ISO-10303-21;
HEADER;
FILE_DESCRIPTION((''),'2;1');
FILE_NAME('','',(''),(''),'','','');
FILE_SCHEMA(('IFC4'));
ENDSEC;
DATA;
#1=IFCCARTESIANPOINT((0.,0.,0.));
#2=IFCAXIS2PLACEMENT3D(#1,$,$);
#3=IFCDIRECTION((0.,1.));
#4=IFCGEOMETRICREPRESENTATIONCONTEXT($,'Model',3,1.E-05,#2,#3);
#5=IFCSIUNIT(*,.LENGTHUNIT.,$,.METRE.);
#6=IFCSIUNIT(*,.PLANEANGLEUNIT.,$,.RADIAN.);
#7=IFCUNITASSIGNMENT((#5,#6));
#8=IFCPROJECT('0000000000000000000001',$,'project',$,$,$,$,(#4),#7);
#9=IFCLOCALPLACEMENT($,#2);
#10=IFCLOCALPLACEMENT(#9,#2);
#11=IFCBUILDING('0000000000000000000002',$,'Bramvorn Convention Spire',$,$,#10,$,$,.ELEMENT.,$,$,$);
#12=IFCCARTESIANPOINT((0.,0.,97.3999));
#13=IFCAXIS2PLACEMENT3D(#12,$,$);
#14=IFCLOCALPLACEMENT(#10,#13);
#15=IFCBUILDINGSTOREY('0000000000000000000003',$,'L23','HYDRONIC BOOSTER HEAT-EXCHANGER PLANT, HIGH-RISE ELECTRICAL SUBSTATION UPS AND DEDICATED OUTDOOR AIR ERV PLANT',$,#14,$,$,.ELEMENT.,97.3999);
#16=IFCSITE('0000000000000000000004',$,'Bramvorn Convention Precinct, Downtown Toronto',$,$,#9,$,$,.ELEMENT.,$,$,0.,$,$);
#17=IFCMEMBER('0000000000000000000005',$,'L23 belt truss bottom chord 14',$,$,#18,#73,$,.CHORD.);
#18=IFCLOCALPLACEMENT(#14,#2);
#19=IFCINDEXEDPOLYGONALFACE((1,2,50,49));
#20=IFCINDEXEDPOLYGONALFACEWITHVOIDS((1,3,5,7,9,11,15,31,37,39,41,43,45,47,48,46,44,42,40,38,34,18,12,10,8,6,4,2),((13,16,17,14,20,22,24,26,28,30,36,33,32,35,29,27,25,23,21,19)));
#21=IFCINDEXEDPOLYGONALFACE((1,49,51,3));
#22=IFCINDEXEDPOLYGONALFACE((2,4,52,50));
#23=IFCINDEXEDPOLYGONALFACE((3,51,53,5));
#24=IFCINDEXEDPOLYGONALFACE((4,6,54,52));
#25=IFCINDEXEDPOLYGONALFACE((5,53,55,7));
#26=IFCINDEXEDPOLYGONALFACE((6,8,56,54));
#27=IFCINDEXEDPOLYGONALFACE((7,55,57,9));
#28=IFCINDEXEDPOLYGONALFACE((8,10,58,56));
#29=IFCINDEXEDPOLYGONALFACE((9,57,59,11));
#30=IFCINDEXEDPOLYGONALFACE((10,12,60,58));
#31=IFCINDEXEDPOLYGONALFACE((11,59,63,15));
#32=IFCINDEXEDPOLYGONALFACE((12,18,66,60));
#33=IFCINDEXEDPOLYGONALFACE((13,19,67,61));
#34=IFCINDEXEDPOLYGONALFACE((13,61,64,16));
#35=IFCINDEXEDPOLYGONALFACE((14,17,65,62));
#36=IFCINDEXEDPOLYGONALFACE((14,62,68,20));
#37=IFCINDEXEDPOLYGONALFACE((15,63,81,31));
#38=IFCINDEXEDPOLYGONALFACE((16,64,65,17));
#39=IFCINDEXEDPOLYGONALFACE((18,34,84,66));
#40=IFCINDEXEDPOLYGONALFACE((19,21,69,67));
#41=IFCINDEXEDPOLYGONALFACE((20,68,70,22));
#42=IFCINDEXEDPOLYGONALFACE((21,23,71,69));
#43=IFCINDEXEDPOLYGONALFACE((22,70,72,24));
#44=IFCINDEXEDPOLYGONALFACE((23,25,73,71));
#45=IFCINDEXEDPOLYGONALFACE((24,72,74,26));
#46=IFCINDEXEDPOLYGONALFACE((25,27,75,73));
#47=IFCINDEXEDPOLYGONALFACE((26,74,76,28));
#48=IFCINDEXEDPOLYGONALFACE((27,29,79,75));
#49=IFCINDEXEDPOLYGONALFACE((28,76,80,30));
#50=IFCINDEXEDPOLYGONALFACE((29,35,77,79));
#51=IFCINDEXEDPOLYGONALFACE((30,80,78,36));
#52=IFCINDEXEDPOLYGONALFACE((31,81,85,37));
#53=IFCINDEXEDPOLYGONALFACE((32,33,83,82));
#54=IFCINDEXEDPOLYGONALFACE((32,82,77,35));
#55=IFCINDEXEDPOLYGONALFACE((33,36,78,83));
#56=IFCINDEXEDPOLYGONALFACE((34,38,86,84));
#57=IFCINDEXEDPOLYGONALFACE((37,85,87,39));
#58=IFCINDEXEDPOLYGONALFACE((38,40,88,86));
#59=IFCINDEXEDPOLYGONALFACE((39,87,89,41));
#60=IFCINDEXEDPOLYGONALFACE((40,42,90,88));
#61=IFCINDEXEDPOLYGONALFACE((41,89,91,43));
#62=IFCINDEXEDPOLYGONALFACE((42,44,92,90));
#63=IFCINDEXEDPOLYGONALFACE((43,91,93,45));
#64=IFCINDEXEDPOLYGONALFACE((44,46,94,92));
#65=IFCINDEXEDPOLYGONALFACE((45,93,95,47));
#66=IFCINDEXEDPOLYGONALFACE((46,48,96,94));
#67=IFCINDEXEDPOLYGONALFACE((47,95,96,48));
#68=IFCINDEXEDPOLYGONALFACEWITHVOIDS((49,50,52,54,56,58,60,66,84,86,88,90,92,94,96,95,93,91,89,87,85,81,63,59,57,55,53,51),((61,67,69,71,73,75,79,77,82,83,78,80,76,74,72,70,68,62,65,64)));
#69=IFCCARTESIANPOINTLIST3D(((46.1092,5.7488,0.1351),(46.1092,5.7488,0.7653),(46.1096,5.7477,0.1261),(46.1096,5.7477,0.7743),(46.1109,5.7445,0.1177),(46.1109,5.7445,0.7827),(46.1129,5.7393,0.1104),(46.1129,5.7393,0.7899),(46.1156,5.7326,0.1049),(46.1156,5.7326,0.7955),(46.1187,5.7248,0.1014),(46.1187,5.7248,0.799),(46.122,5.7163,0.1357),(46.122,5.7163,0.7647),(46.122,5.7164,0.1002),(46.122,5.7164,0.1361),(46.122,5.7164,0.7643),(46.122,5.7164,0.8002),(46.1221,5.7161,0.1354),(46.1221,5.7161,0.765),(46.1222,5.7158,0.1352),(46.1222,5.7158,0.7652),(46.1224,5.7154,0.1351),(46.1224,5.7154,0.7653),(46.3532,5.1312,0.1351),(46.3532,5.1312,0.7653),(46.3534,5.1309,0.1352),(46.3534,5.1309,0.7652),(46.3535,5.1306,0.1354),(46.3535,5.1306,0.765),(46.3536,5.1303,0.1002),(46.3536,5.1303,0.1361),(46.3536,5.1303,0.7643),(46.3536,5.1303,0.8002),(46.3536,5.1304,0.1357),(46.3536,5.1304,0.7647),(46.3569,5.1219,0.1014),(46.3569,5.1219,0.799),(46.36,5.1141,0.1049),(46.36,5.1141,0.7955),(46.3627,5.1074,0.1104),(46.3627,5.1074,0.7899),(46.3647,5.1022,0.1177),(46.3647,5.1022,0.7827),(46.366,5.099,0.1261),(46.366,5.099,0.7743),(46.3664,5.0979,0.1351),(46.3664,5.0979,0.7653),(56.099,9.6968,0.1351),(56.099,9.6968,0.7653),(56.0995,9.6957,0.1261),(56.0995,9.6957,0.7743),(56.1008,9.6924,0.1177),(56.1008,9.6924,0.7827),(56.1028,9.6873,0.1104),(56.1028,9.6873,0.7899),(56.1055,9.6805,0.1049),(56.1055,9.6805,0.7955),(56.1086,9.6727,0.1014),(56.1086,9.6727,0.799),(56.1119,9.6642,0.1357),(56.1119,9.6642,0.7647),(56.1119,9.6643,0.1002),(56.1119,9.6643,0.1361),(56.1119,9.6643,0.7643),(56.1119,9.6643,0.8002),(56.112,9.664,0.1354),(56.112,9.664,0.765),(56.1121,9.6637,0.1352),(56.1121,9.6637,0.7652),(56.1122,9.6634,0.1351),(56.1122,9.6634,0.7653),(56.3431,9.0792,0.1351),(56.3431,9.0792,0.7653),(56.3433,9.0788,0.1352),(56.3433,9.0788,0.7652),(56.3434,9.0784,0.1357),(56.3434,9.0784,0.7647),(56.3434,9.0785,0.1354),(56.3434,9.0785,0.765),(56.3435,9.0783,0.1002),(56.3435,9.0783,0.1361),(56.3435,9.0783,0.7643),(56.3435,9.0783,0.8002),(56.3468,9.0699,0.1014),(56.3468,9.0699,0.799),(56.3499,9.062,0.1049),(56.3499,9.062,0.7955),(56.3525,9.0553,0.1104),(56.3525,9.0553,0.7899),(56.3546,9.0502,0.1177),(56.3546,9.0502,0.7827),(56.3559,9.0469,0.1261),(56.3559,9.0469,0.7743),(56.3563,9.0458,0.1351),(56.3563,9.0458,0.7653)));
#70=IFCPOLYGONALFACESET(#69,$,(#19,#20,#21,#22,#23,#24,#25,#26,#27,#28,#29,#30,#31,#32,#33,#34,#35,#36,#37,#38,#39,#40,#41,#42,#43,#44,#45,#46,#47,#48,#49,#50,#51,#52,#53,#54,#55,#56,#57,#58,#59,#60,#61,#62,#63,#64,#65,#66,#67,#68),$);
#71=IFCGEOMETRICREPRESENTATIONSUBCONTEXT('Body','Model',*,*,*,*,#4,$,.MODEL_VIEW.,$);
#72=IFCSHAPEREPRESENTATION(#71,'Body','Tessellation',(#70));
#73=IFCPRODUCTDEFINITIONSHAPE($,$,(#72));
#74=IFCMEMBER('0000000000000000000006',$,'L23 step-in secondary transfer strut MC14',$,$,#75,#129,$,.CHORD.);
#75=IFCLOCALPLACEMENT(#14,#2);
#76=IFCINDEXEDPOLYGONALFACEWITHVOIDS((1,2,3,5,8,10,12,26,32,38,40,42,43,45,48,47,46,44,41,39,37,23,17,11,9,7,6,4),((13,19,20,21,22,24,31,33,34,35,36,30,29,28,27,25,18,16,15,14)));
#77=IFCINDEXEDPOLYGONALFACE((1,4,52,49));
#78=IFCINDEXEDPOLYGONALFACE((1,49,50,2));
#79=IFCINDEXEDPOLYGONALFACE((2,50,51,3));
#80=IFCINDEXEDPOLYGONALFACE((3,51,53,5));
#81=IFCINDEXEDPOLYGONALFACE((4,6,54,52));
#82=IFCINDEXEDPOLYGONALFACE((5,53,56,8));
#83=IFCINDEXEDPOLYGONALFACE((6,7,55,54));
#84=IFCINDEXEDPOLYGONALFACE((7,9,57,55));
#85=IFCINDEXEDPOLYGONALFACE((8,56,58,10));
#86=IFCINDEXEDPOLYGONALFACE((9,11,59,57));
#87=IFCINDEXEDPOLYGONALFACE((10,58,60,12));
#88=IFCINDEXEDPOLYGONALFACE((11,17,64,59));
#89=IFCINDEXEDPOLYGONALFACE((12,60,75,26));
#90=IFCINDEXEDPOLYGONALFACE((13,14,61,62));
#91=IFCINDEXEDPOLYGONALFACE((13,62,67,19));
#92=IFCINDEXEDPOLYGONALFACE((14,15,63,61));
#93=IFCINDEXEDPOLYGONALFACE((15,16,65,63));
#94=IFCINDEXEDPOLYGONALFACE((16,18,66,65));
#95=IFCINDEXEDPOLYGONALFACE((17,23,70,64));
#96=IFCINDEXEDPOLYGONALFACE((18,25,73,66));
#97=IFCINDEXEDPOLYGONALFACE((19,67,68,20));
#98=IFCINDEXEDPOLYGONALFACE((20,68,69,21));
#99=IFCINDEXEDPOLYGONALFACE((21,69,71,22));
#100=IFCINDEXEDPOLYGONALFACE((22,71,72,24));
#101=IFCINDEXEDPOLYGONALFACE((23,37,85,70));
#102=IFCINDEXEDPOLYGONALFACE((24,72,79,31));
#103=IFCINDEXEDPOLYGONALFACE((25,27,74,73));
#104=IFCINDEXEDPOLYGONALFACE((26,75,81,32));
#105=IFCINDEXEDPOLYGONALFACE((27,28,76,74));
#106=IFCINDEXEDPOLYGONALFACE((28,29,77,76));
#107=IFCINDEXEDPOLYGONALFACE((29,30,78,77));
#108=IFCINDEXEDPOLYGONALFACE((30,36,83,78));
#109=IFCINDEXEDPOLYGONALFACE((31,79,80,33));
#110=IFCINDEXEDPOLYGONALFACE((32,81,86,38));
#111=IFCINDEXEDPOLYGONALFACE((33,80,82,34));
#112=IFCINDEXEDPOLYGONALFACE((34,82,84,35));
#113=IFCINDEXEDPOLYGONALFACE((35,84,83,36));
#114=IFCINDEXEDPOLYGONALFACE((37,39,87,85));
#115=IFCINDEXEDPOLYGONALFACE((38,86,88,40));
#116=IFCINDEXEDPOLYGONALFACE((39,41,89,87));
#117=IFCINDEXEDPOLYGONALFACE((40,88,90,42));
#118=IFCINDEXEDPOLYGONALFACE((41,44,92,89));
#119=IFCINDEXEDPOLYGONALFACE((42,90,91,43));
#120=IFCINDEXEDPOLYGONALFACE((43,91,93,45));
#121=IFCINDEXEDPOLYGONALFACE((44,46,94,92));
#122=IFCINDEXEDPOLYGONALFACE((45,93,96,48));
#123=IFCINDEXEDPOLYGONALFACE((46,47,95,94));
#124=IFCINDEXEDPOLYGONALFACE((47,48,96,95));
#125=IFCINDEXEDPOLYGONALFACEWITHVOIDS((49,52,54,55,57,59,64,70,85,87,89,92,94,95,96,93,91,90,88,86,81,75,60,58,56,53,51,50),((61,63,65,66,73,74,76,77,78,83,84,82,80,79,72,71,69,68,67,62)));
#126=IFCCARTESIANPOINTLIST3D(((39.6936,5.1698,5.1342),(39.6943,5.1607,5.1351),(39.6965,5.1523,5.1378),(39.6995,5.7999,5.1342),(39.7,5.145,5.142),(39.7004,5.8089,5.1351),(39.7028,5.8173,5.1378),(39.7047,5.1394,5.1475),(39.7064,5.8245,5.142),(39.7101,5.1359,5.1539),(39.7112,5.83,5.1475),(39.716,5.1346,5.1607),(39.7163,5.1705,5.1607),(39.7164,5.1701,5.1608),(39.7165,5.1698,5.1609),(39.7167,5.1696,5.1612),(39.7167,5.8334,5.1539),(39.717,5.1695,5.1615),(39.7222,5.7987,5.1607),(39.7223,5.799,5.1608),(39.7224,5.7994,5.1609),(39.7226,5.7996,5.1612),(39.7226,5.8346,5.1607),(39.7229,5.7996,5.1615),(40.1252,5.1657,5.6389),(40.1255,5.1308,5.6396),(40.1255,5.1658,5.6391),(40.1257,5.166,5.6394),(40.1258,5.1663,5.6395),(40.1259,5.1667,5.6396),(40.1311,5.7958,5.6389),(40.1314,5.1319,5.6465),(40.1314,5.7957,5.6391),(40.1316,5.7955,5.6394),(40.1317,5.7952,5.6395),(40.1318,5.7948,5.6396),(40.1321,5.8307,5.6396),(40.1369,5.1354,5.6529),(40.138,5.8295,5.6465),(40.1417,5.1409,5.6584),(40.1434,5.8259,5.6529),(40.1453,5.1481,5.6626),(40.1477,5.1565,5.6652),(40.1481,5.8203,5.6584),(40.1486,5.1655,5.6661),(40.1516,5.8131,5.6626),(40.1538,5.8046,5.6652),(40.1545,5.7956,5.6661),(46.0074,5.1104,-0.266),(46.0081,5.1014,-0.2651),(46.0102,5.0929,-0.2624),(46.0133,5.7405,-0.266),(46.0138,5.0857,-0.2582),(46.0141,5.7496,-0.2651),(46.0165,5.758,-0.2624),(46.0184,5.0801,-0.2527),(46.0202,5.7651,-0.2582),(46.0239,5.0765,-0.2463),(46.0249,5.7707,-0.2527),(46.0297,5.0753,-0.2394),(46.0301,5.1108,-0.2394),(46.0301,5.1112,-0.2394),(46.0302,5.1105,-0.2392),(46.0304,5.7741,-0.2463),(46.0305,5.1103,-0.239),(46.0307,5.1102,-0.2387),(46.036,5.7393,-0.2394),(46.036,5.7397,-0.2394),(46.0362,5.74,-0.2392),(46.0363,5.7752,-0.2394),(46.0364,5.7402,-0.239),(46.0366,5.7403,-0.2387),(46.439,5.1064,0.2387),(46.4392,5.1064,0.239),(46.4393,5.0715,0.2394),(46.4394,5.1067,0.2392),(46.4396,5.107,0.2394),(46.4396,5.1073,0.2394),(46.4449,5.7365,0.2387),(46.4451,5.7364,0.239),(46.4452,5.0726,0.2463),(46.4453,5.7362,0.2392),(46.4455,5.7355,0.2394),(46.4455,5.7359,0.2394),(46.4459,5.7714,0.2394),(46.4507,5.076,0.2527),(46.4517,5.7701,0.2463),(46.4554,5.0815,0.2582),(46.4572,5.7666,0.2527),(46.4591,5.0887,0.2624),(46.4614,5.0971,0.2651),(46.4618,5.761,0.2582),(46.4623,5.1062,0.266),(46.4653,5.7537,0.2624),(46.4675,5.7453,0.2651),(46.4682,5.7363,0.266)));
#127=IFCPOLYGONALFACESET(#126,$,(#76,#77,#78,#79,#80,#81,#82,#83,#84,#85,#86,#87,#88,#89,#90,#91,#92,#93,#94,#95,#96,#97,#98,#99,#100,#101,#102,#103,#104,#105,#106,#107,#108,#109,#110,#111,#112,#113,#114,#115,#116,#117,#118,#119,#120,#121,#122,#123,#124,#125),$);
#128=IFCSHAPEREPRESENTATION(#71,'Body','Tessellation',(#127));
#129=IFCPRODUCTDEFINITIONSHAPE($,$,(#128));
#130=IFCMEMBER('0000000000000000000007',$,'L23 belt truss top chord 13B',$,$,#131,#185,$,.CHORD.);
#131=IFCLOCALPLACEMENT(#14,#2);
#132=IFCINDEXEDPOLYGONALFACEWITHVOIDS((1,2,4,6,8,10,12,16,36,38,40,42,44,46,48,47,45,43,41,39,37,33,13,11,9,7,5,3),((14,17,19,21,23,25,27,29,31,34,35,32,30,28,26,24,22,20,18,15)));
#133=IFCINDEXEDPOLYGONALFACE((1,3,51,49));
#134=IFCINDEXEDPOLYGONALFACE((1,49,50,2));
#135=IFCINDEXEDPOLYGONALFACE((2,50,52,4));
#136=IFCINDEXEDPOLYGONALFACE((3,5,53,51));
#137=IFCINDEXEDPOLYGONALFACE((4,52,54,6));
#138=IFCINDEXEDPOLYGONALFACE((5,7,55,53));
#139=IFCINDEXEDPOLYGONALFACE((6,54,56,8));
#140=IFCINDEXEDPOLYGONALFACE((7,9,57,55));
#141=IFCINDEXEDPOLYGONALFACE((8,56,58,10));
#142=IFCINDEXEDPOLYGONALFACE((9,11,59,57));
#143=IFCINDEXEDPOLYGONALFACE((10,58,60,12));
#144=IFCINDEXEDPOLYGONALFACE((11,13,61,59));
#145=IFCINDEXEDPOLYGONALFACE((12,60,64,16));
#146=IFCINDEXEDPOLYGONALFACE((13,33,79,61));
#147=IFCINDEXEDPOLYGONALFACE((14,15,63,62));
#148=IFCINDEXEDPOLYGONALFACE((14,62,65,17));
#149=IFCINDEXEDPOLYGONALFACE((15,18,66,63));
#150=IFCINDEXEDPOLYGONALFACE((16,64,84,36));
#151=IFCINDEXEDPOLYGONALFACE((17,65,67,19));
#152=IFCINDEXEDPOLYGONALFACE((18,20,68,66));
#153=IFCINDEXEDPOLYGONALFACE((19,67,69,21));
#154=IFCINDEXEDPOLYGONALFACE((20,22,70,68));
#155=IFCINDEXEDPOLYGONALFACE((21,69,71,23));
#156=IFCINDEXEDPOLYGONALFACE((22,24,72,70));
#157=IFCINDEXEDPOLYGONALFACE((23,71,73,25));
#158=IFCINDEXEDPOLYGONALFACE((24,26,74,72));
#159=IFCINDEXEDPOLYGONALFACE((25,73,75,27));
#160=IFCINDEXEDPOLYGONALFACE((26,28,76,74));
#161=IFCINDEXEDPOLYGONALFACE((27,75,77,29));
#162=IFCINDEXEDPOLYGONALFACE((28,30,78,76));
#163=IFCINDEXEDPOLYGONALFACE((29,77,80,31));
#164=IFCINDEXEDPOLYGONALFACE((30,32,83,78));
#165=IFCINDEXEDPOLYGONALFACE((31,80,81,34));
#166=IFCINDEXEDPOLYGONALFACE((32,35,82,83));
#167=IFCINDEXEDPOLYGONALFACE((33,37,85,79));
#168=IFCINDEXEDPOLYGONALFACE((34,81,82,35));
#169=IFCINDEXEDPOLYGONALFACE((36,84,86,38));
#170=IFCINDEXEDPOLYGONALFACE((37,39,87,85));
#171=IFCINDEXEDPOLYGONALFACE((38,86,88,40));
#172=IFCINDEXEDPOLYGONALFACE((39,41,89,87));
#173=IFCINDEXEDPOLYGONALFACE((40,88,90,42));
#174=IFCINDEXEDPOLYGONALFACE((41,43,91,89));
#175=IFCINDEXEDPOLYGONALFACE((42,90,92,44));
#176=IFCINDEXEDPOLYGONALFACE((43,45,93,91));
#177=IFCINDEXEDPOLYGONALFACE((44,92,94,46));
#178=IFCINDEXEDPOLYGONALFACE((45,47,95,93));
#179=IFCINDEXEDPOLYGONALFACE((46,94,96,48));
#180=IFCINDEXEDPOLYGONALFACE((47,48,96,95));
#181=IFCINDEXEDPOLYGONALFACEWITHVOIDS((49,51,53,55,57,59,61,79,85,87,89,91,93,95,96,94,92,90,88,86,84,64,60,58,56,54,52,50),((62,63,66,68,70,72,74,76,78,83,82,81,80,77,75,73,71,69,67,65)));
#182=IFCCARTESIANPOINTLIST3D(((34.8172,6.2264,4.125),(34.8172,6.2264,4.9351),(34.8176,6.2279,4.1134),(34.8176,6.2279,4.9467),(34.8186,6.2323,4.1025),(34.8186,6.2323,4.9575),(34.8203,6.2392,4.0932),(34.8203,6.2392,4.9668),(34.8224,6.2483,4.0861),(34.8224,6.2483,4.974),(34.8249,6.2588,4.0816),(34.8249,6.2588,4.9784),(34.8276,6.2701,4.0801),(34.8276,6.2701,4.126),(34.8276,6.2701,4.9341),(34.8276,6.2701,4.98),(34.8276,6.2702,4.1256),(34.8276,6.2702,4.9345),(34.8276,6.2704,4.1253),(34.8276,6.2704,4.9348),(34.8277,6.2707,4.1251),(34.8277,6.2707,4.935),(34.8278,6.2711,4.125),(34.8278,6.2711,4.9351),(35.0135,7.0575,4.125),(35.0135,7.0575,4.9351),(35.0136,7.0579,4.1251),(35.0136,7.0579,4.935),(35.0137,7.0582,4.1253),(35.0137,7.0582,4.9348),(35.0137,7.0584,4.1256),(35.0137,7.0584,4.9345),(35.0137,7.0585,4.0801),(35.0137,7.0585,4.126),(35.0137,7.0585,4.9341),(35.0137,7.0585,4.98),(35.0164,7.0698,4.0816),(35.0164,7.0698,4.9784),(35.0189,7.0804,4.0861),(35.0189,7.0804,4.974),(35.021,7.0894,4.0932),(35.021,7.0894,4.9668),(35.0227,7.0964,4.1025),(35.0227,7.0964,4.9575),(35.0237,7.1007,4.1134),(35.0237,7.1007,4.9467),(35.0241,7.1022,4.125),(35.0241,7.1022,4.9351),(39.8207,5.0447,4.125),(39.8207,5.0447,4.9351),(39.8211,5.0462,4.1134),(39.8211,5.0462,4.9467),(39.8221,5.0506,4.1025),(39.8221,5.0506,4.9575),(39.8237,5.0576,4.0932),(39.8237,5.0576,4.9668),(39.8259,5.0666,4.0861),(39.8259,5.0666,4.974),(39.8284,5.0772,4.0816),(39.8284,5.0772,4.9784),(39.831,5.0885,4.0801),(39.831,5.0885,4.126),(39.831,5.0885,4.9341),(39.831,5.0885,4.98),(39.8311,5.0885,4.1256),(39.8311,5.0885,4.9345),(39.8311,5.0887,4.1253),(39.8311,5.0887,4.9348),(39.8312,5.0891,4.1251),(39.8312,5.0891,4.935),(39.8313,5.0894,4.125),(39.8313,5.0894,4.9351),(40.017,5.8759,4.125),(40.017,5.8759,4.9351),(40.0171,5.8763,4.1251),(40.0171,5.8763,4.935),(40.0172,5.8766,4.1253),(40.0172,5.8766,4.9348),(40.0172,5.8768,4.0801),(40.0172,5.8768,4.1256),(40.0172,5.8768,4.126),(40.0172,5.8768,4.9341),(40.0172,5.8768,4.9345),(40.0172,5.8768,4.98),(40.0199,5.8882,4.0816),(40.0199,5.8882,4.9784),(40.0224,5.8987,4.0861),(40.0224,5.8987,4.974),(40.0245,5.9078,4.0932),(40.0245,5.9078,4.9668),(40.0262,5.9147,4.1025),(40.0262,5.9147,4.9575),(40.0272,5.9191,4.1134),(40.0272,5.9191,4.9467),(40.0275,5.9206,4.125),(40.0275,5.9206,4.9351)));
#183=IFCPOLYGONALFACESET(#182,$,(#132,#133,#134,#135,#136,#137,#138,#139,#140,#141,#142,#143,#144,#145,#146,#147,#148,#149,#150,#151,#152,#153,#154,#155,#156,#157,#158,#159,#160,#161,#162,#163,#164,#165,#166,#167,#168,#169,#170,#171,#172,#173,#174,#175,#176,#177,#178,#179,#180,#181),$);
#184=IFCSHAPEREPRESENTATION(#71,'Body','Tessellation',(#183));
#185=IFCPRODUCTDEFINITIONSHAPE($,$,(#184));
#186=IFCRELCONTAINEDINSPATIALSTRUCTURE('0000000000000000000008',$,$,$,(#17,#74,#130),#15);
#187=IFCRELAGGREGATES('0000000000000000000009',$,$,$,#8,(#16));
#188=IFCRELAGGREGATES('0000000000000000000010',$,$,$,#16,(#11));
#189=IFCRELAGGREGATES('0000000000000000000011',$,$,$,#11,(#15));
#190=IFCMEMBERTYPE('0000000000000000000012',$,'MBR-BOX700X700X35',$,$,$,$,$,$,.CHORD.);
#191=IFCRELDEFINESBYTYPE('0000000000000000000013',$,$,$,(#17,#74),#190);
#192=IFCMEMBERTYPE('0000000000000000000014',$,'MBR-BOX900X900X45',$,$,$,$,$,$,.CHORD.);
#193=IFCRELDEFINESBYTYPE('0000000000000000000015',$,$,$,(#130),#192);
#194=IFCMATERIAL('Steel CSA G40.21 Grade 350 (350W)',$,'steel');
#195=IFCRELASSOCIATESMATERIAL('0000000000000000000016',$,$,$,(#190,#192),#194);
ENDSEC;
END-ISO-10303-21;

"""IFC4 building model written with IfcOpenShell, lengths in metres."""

from ifc_helpers import new_model, si_unit, direction, frame, origin, origin_2d, place, context, subcontext, project, spatial, hollow_rectangle, extrude, material, material_profile, profile_set, type_object, element, save


model = new_model("IFC4")

# Units and contexts
model_context = context("Model", 3, precision=1e-05, world=origin(), true_north=direction((0.0, 1.0)))
body_context = subcontext(model_context, "Body", "Model", "MODEL_VIEW")
ifc_project = project(units=[si_unit("LENGTHUNIT", "METRE"), si_unit("PLANEANGLEUNIT", "RADIAN")], contexts=[model_context])

# Site, building, storey
site_placement = place(None, origin())
site = spatial("IfcSite", under=ifc_project, at=site_placement, Name="Bramvorn Convention Precinct, Downtown Toronto", CompositionType="ELEMENT", RefElevation=0.0)
building_placement = place(site_placement, origin())
building = spatial("IfcBuilding", under=site, at=building_placement, Name="Bramvorn Convention Spire", CompositionType="ELEMENT")
storey_placement = place(building_placement, frame((0.0, 0.0, 97.3999)))
storey = spatial("IfcBuildingStorey", under=building, at=storey_placement, Name="L23", Description="HYDRONIC BOOSTER HEAT-EXCHANGER PLANT, HIGH-RISE ELECTRICAL SUBSTATION UPS AND DEDICATED OUTDOOR AIR ERV PLANT", CompositionType="ELEMENT", Elevation=97.3999)

# Shared definitions
ifc_material_1 = material(Name="Steel CSA G40.21 Grade 350 (350W)", Category="steel")

# Members
ifc_material_profile_1 = material_profile(ifc_material_1, hollow_rectangle(XDim=0.7, YDim=0.7, WallThickness=0.0349, InnerFilletRadius=0.001, OuterFilletRadius=0.0349, at=origin_2d()))
ifc_profile_set_1 = profile_set([ifc_material_profile_1], Name="Steel CSA G40.21 Grade 350 (350W) - BOX700X700X35")
member_type_1 = type_object("IfcMemberType", Name="MBR-BOX700X700X35", PredefinedType="CHORD", material=ifc_profile_set_1)
member_1_placement = place(storey_placement, frame((46.2378, 5.4233, 0.4502), z_axis=(0.93001, 0.367535, 0.0), x_axis=(-0.367535, 0.93001, 0.0)))
element("IfcMember", 1, at=member_1_placement, inside=storey, type_object=member_type_1, Name="L23 belt truss bottom chord 14", PredefinedType="CHORD", context=body_context, shape_type="SweptSolid", body=[
    extrude(hollow_rectangle(XDim=0.7, YDim=0.7, WallThickness=0.0349, InnerFilletRadius=0.001, OuterFilletRadius=0.0349, at=origin_2d()), origin(), (0.0, 0.0, 1.0), 10.7417),
])
member_2_placement = place(storey_placement, frame((46.2378, 5.4233, 0.0), z_axis=(-0.759928, 0.007141, 0.649969), x_axis=(-0.009396, -0.999956, 0.0)))
element("IfcMember", 2, at=member_2_placement, inside=storey, type_object=member_type_1, Name="L23 step-in secondary transfer strut MC14", PredefinedType="CHORD", context=body_context, shape_type="SweptSolid", body=[
    extrude(hollow_rectangle(XDim=0.7, YDim=0.7, WallThickness=0.0349, InnerFilletRadius=0.001, OuterFilletRadius=0.0349, at=origin_2d()), origin(), (0.0, 0.0, 1.0), 8.3083),
])
ifc_material_profile_2 = material_profile(ifc_material_1, hollow_rectangle(XDim=0.8999, YDim=0.8999, WallThickness=0.0449, InnerFilletRadius=0.001, OuterFilletRadius=0.0449, at=origin_2d()))
ifc_profile_set_2 = profile_set([ifc_material_profile_2], Name="Steel CSA G40.21 Grade 350 (350W) - BOX900X900X45")
member_type_2 = type_object("IfcMemberType", Name="MBR-BOX900X900X45", PredefinedType="CHORD", material=ifc_profile_set_2)
member_3_placement = place(storey_placement, frame((34.9207, 6.6643, 4.53), z_axis=(0.973228, -0.229844, 0.0), x_axis=(0.229844, 0.973228, 0.0)))
element("IfcMember", 3, at=member_3_placement, inside=storey, type_object=member_type_2, Name="L23 belt truss top chord 13B", PredefinedType="CHORD", context=body_context, shape_type="SweptSolid", body=[
    extrude(hollow_rectangle(XDim=0.8999, YDim=0.8999, WallThickness=0.0449, InnerFilletRadius=0.001, OuterFilletRadius=0.0449, at=origin_2d()), origin(), (0.0, 0.0, 1.0), 5.1411),
])

save(model, "model.ifc")
